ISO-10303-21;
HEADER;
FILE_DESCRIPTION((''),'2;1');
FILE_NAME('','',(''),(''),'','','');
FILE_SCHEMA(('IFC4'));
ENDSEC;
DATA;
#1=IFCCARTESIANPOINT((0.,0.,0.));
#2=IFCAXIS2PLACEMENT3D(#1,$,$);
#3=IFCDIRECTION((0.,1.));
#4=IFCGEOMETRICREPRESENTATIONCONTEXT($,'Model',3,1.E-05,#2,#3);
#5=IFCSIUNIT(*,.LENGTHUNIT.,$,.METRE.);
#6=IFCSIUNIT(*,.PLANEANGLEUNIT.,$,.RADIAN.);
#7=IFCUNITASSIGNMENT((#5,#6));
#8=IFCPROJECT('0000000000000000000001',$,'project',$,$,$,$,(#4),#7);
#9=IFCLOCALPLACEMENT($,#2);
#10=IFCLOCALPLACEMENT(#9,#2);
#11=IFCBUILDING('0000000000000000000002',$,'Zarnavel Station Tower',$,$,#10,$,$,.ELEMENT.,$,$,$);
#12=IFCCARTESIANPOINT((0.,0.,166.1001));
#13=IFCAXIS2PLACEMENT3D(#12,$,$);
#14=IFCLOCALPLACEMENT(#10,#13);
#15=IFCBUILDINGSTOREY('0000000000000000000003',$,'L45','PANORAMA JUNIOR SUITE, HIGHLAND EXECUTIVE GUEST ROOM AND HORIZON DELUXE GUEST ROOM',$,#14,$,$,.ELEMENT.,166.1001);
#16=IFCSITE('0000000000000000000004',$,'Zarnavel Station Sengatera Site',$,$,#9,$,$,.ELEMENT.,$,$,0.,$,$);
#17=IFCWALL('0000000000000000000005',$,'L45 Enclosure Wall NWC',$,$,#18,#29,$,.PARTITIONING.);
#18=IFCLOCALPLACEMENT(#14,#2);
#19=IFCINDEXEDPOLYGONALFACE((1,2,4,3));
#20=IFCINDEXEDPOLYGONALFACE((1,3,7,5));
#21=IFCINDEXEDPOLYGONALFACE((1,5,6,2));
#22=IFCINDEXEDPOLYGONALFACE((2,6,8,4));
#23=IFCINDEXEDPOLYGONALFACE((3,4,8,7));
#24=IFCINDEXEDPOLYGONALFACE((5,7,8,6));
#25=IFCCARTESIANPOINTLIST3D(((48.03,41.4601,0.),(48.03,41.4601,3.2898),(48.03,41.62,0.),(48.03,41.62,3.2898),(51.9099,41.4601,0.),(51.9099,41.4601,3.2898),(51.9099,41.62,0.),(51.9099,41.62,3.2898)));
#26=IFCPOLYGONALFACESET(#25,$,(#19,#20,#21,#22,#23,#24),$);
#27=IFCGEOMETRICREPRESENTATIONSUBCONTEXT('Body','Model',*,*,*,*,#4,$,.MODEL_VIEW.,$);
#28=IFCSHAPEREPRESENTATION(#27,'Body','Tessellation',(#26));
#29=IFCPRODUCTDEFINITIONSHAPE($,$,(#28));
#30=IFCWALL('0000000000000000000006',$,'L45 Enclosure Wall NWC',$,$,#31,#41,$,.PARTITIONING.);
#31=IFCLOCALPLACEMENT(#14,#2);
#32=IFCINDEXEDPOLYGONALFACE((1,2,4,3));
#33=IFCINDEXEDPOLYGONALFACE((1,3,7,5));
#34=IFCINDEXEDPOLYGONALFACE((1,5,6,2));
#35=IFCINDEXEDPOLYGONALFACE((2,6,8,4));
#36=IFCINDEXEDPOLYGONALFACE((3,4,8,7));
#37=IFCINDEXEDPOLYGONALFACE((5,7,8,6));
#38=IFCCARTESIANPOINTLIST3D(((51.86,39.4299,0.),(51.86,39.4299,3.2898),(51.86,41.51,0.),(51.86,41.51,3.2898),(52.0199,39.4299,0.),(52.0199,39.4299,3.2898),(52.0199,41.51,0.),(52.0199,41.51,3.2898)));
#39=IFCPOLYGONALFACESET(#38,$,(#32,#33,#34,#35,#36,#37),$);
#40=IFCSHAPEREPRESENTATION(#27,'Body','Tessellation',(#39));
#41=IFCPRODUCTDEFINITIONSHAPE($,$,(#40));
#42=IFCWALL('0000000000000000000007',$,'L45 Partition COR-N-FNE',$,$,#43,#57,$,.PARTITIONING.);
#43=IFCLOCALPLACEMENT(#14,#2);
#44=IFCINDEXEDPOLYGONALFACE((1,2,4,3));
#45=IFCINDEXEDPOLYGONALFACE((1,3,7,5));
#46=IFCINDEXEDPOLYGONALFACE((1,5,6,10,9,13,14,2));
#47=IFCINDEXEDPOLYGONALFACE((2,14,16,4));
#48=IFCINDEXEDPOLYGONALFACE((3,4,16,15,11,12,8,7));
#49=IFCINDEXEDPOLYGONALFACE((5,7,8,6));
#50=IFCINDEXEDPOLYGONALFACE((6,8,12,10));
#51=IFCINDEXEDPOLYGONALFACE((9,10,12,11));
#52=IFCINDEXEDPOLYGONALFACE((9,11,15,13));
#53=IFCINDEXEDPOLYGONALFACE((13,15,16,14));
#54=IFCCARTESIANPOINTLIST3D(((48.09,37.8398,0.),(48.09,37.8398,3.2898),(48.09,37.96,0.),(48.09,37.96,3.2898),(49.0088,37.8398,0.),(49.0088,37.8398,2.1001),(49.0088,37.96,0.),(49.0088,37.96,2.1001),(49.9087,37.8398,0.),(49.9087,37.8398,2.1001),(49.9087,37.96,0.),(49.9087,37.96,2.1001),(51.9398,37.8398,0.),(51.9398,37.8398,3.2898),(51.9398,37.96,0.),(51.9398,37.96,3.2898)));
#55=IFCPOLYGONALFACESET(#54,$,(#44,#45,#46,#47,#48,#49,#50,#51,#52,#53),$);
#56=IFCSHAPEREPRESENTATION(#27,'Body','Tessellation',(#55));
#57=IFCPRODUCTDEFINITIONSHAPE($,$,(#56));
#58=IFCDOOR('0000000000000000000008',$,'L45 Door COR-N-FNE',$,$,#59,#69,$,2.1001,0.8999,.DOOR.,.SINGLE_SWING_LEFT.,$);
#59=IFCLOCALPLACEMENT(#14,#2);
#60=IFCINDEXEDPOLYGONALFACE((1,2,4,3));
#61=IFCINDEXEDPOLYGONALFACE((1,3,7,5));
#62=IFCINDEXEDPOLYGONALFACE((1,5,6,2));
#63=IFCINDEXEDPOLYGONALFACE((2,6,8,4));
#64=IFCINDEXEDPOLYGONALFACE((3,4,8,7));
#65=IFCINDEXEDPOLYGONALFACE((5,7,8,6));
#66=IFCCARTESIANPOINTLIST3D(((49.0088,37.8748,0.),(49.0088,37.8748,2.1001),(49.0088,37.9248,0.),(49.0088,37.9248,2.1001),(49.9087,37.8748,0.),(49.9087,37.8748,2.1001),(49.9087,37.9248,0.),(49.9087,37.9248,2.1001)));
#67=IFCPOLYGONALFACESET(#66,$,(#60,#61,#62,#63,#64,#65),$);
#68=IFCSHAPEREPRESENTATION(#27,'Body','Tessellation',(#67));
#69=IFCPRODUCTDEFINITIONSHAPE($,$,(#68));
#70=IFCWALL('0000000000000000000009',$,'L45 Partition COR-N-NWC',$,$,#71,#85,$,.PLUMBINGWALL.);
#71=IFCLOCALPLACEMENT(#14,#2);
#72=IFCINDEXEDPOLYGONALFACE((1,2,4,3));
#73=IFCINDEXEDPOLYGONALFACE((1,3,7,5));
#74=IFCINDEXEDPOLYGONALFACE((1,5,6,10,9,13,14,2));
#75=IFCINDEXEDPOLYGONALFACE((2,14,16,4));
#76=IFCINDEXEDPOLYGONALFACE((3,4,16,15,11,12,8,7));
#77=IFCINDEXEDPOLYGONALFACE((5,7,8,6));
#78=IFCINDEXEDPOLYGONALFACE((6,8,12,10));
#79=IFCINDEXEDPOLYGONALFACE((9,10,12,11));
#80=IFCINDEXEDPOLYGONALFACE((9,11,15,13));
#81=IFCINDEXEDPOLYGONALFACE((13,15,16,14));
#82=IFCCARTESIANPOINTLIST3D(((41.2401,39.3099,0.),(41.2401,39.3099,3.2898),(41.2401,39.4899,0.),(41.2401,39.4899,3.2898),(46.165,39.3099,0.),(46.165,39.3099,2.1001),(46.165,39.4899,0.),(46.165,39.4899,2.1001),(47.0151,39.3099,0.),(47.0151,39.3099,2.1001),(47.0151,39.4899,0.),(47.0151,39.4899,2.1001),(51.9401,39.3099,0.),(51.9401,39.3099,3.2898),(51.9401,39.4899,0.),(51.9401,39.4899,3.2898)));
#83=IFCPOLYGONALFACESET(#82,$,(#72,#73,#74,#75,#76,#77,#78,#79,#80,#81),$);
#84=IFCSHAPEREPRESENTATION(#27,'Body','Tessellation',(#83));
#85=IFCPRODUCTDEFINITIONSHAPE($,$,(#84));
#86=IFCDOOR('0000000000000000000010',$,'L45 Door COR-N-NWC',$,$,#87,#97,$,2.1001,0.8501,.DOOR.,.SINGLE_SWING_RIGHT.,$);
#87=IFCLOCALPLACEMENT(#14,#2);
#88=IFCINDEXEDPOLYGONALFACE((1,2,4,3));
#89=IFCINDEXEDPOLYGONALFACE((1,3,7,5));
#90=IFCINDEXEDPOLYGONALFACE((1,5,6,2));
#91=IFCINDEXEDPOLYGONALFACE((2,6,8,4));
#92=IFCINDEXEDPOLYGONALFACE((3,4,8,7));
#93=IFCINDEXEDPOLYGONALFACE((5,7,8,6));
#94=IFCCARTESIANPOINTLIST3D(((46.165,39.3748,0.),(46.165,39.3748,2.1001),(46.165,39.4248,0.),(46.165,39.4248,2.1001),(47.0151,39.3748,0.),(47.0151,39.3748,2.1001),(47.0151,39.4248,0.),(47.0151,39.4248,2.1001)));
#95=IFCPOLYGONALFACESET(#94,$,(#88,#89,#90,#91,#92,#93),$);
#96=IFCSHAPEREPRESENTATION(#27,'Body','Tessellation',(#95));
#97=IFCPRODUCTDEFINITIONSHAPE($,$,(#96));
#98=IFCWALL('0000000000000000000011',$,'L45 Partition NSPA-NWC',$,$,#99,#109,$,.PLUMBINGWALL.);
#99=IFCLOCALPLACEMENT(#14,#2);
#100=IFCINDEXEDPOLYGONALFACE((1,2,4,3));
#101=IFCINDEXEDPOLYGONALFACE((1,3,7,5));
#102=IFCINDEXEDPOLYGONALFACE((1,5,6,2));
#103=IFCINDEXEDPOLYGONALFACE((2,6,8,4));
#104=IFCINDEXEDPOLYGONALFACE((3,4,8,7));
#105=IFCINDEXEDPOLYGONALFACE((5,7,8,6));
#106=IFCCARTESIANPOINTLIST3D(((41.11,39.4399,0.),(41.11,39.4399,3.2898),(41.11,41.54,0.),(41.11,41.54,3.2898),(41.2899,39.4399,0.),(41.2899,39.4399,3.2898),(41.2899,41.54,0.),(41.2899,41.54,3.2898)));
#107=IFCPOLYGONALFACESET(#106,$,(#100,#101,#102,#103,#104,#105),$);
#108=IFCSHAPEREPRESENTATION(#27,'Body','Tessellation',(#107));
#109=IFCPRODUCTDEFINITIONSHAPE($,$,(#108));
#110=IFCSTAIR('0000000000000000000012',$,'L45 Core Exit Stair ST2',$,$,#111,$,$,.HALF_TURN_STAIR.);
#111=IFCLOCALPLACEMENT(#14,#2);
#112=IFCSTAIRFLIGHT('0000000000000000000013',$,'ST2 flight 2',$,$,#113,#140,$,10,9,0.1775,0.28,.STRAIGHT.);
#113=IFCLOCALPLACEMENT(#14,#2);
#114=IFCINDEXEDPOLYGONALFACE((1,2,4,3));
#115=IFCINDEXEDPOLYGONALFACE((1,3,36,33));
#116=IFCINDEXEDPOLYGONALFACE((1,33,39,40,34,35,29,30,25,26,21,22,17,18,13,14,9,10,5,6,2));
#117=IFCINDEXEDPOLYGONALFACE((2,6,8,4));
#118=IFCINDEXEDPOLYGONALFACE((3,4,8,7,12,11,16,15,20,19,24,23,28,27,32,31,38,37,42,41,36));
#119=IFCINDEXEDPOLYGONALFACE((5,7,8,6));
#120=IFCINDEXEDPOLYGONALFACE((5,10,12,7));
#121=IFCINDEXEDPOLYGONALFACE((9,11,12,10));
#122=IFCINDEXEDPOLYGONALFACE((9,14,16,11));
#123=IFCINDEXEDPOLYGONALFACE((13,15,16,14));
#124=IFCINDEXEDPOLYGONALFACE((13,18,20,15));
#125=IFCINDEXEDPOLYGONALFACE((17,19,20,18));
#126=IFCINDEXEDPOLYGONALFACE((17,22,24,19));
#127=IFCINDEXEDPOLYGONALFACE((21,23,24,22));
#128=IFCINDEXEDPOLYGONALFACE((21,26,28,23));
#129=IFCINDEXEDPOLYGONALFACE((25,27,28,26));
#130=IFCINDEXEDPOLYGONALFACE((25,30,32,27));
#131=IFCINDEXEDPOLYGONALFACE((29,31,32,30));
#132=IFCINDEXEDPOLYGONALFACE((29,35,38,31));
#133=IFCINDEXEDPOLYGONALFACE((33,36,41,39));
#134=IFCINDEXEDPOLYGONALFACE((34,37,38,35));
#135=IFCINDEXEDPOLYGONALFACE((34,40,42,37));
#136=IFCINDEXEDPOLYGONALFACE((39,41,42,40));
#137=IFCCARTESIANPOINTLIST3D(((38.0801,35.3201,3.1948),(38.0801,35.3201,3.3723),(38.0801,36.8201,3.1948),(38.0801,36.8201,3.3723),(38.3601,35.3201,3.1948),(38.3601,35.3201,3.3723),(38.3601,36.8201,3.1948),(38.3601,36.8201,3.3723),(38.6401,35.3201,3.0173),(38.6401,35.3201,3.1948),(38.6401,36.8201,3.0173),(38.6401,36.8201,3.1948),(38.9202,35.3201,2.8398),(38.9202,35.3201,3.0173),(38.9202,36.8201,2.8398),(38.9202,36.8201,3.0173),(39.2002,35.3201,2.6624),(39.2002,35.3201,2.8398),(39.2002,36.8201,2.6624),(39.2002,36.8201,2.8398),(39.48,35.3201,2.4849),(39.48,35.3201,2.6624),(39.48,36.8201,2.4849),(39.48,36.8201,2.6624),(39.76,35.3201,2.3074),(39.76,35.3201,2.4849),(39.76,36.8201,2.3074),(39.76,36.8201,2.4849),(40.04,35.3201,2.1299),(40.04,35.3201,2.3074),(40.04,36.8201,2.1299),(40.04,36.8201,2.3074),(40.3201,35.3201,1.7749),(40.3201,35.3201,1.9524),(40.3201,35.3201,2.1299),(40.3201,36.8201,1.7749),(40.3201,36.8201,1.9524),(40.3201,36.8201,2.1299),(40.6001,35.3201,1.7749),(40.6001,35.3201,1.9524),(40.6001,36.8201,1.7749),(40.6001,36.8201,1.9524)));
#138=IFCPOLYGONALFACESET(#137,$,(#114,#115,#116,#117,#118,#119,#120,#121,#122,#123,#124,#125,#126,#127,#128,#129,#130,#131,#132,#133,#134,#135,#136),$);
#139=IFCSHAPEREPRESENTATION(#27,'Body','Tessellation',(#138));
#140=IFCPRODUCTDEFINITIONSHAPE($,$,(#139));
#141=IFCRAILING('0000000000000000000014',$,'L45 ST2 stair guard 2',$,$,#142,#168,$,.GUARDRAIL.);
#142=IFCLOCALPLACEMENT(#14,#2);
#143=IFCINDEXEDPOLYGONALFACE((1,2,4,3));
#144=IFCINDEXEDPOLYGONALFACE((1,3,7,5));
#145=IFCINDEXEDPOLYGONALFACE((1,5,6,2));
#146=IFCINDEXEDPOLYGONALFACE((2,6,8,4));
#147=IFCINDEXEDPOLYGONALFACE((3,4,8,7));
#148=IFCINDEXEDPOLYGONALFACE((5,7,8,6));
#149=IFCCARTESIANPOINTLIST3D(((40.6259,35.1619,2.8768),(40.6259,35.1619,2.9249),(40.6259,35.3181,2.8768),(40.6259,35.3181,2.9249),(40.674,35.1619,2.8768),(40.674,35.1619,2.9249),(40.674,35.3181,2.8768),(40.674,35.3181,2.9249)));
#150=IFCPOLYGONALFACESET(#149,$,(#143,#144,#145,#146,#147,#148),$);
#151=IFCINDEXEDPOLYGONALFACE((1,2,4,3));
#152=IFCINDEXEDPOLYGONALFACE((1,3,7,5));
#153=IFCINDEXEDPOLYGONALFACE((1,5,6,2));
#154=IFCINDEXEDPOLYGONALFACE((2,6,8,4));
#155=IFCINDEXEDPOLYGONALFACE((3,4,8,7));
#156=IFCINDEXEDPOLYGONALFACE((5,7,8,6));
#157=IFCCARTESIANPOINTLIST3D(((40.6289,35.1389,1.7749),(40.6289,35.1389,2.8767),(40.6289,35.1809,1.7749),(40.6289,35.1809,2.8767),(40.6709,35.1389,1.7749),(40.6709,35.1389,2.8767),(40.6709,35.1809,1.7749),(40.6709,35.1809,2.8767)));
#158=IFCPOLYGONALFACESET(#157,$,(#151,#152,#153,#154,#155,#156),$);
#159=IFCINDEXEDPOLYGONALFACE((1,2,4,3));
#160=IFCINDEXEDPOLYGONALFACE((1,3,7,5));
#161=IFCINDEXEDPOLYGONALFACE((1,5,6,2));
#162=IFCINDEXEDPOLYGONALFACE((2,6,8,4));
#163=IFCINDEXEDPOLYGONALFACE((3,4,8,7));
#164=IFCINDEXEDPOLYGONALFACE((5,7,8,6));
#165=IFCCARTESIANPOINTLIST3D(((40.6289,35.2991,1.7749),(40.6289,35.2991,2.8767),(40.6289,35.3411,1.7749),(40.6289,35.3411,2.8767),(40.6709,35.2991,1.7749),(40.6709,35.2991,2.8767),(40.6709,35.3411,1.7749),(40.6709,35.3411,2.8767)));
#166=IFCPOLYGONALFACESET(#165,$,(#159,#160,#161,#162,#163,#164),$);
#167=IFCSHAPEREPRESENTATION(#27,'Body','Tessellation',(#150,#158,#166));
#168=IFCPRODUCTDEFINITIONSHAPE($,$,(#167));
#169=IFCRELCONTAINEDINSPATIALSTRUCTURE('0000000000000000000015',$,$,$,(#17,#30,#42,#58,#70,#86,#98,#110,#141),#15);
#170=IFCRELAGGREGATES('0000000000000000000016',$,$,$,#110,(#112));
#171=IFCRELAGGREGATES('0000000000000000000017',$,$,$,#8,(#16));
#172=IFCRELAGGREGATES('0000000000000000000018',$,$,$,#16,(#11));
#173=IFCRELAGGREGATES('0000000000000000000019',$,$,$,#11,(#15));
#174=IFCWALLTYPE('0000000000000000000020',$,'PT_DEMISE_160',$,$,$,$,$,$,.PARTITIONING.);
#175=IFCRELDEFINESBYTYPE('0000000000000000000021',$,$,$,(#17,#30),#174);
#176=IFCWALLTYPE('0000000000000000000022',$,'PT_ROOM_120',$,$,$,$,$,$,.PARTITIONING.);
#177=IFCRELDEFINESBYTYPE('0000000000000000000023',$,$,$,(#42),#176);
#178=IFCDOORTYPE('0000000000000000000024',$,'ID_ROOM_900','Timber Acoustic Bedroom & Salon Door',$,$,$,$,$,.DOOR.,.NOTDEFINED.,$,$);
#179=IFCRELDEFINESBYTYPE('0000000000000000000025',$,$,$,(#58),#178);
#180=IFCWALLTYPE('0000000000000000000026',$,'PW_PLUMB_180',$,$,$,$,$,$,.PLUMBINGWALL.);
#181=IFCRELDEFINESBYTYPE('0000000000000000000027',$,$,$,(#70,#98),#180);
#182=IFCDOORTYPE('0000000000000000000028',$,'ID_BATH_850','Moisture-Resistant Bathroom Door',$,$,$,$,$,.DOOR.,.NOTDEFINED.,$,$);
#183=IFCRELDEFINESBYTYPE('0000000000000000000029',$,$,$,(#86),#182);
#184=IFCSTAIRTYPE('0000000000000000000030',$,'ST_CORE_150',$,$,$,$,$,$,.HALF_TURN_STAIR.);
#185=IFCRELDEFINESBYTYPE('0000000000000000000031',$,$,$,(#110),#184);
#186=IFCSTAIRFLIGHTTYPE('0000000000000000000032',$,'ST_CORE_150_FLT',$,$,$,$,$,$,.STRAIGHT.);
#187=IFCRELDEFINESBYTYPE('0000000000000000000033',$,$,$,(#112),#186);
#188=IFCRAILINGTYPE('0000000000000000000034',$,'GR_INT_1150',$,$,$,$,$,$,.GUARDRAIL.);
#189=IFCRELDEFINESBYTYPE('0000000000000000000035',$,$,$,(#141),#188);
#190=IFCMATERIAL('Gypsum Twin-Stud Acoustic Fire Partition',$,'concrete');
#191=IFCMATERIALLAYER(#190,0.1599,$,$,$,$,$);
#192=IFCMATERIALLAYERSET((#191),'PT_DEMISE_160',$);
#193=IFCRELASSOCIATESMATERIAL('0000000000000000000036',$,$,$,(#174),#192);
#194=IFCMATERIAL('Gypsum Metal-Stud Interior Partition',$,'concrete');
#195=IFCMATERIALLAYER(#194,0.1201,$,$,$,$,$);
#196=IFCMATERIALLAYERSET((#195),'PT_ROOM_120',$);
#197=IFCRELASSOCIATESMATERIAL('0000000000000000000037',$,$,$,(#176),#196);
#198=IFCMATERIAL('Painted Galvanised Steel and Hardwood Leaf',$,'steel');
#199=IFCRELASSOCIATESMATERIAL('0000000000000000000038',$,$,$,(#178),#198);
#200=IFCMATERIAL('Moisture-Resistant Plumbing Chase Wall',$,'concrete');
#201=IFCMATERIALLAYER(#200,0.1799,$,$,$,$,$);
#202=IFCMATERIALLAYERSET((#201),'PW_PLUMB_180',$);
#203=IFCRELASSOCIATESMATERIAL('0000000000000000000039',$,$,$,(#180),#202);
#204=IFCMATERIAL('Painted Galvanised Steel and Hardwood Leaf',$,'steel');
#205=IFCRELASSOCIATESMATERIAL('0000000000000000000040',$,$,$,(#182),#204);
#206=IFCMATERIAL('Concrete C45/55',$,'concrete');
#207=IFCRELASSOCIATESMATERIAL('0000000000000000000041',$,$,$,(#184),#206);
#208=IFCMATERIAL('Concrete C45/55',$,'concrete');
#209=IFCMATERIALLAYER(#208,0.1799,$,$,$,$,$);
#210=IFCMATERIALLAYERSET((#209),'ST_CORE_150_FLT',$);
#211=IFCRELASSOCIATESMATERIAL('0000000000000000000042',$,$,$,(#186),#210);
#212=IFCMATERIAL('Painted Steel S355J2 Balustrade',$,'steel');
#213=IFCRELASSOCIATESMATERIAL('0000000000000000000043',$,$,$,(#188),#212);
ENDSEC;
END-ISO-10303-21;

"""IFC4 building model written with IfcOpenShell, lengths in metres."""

from ifc_helpers import new_model, si_unit, direction, frame, frame_2d, origin, origin_2d, place, context, subcontext, project, spatial, polyline, rectangle, outline, extrude, material, layer, layer_set, type_object, element, fill, aggregate, save


model = new_model("IFC4")

# Units and contexts
model_context = context("Model", 3, precision=1e-05, world=origin(), true_north=direction((0.0, 1.0)))
body_context = subcontext(model_context, "Body", "Model", "MODEL_VIEW")
ifc_project = project(units=[si_unit("LENGTHUNIT", "METRE"), si_unit("PLANEANGLEUNIT", "RADIAN")], contexts=[model_context])

# Site, building, storey
site_placement = place(None, origin())
site = spatial("IfcSite", under=ifc_project, at=site_placement, Name="Zarnavel Station Sengatera Site", CompositionType="ELEMENT", RefElevation=0.0)
building_placement = place(site_placement, origin())
building = spatial("IfcBuilding", under=site, at=building_placement, Name="Zarnavel Station Tower", CompositionType="ELEMENT")
storey_placement = place(building_placement, frame((0.0, 0.0, 166.1001)))
storey = spatial("IfcBuildingStorey", under=building, at=storey_placement, Name="L45", Description="PANORAMA JUNIOR SUITE, HIGHLAND EXECUTIVE GUEST ROOM AND HORIZON DELUXE GUEST ROOM", CompositionType="ELEMENT", Elevation=166.1001)

# Walls
ifc_material_1 = material(Name="Gypsum Twin-Stud Acoustic Fire Partition", Category="concrete")
ifc_layer_1 = layer(ifc_material_1, 0.1599)
ifc_layer_set_1 = layer_set([ifc_layer_1], Name="PT_DEMISE_160")
wall_type_1 = type_object("IfcWallType", Name="PT_DEMISE_160", PredefinedType="PARTITIONING", material=ifc_layer_set_1)
wall_1_placement = place(storey_placement, frame((48.03, 41.54, 0.0), z_axis=(0.0, 0.0, 1.0), x_axis=(1.0, 0.0, 0.0)))
element("IfcWall", 1, at=wall_1_placement, inside=storey, type_object=wall_type_1, Name="L45 Enclosure Wall NWC", PredefinedType="PARTITIONING", context=body_context, shape_type="SweptSolid", body=[
    extrude(rectangle(XDim=3.8799, YDim=0.1599, at=frame_2d((1.9399, 0.0))), origin(), (0.0, 0.0, 1.0), 3.2898),
])
wall_2_placement = place(storey_placement, frame((51.9399, 39.4299, 0.0), z_axis=(0.0, 0.0, 1.0), x_axis=(0.0, 1.0, 0.0)))
element("IfcWall", 2, at=wall_2_placement, inside=storey, type_object=wall_type_1, Name="L45 Enclosure Wall NWC", PredefinedType="PARTITIONING", context=body_context, shape_type="SweptSolid", body=[
    extrude(rectangle(XDim=2.0801, YDim=0.1599, at=frame_2d((1.04, 0.0))), origin(), (0.0, 0.0, 1.0), 3.2898),
])

# Walls, openings, doors
ifc_material_2 = material(Name="Gypsum Metal-Stud Interior Partition", Category="concrete")
ifc_layer_2 = layer(ifc_material_2, 0.1201)
ifc_layer_set_2 = layer_set([ifc_layer_2], Name="PT_ROOM_120")
wall_type_2 = type_object("IfcWallType", Name="PT_ROOM_120", PredefinedType="PARTITIONING", material=ifc_layer_set_2)
wall_3_placement = place(storey_placement, frame((48.0901, 37.8999, 0.0), z_axis=(0.0, 0.0, 1.0), x_axis=(1.0, 0.0, 0.0)))
wall_3 = element("IfcWall", 3, at=wall_3_placement, inside=storey, type_object=wall_type_2, Name="L45 Partition COR-N-FNE", PredefinedType="PARTITIONING", context=body_context, shape_type="SweptSolid", body=[
    extrude(rectangle(XDim=3.8499, YDim=0.1201, at=frame_2d((1.9248, 0.0))), origin(), (0.0, 0.0, 1.0), 3.2898),
])
opening_1_placement = place(wall_3_placement, frame((0.9187, 0.0, 0.0)))
opening_1 = element("IfcOpeningElement", 4, at=opening_1_placement, cuts=wall_3, PredefinedType="OPENING", context=body_context, shape_type="SweptSolid", body=[
    extrude(rectangle(XDim=0.8999, YDim=2.1001, at=frame_2d((0.45, 1.05))), frame((0.0, 0.0701, 0.0), z_axis=(0.0, -1.0, 0.0), x_axis=(1.0, 0.0, 0.0)), (0.0, 0.0, 1.0), 0.1401),
])
ifc_material_3 = material(Name="Painted Galvanised Steel and Hardwood Leaf", Category="steel")
door_type_1 = type_object("IfcDoorType", Name="ID_ROOM_900", Description="Timber Acoustic Bedroom & Salon Door", OperationType="NOTDEFINED", PredefinedType="DOOR", material=ifc_material_3)
door_1_placement = place(opening_1_placement, origin())
door_1 = element("IfcDoor", 5, at=door_1_placement, inside=storey, type_object=door_type_1, Name="L45 Door COR-N-FNE", OperationType="SINGLE_SWING_LEFT", OverallHeight=2.1001, OverallWidth=0.8999, PredefinedType="DOOR", context=body_context, shape_type="SweptSolid", body=[
    extrude(rectangle(XDim=0.8999, YDim=2.1001, at=frame_2d((0.45, 1.05))), frame((0.0, 0.0249, 0.0), z_axis=(0.0, -1.0, 0.0), x_axis=(1.0, 0.0, 0.0)), (0.0, 0.0, 1.0), 0.05),
])
fill(opening_1, door_1)
ifc_material_4 = material(Name="Moisture-Resistant Plumbing Chase Wall", Category="concrete")
ifc_layer_3 = layer(ifc_material_4, 0.1799)
ifc_layer_set_3 = layer_set([ifc_layer_3], Name="PW_PLUMB_180")
wall_type_3 = type_object("IfcWallType", Name="PW_PLUMB_180", PredefinedType="PLUMBINGWALL", material=ifc_layer_set_3)
wall_4_placement = place(storey_placement, frame((41.24, 39.3999, 0.0), z_axis=(0.0, 0.0, 1.0), x_axis=(1.0, 0.0, 0.0)))
wall_4 = element("IfcWall", 6, at=wall_4_placement, inside=storey, type_object=wall_type_3, Name="L45 Partition COR-N-NWC", PredefinedType="PLUMBINGWALL", context=body_context, shape_type="SweptSolid", body=[
    extrude(rectangle(XDim=10.7, YDim=0.1799, at=frame_2d((5.3501, 0.0))), origin(), (0.0, 0.0, 1.0), 3.2898),
])
opening_2_placement = place(wall_4_placement, frame((4.925, 0.0, 0.0)))
opening_2 = element("IfcOpeningElement", 7, at=opening_2_placement, cuts=wall_4, PredefinedType="OPENING", context=body_context, shape_type="SweptSolid", body=[
    extrude(rectangle(XDim=0.8501, YDim=2.1001, at=frame_2d((0.425, 1.05))), frame((0.0, 0.0999, 0.0), z_axis=(0.0, -1.0, 0.0), x_axis=(1.0, 0.0, 0.0)), (0.0, 0.0, 1.0), 0.2),
])
ifc_material_5 = material(Name="Painted Galvanised Steel and Hardwood Leaf", Category="steel")
door_type_2 = type_object("IfcDoorType", Name="ID_BATH_850", Description="Moisture-Resistant Bathroom Door", OperationType="NOTDEFINED", PredefinedType="DOOR", material=ifc_material_5)
door_2_placement = place(opening_2_placement, origin())
door_2 = element("IfcDoor", 8, at=door_2_placement, inside=storey, type_object=door_type_2, Name="L45 Door COR-N-NWC", OperationType="SINGLE_SWING_RIGHT", OverallHeight=2.1001, OverallWidth=0.8501, PredefinedType="DOOR", context=body_context, shape_type="SweptSolid", body=[
    extrude(rectangle(XDim=0.8501, YDim=2.1001, at=frame_2d((0.425, 1.05))), frame((0.0, 0.0249, 0.0), z_axis=(0.0, -1.0, 0.0), x_axis=(1.0, 0.0, 0.0)), (0.0, 0.0, 1.0), 0.05),
])
fill(opening_2, door_2)

# Wall
wall_5_placement = place(storey_placement, frame((41.2, 39.4399, 0.0), z_axis=(0.0, 0.0, 1.0), x_axis=(0.0, 1.0, 0.0)))
element("IfcWall", 9, at=wall_5_placement, inside=storey, type_object=wall_type_3, Name="L45 Partition NSPA-NWC", PredefinedType="PLUMBINGWALL", context=body_context, shape_type="SweptSolid", body=[
    extrude(rectangle(XDim=2.1001, YDim=0.1799, at=frame_2d((1.05, 0.0))), origin(), (0.0, 0.0, 1.0), 3.2898),
])

# Stair, stair flight
ifc_material_6 = material(Name="Concrete C45/55", Category="concrete")
stair_type = type_object("IfcStairType", Name="ST_CORE_150", PredefinedType="HALF_TURN_STAIR", material=ifc_material_6)
stair_placement = place(storey_placement, origin())
stair = element("IfcStair", 10, at=stair_placement, inside=storey, type_object=stair_type, Name="L45 Core Exit Stair ST2", PredefinedType="HALF_TURN_STAIR")
ifc_material_7 = material(Name="Concrete C45/55", Category="concrete")
ifc_layer_4 = layer(ifc_material_7, 0.1799)
ifc_layer_set_4 = layer_set([ifc_layer_4], Name="ST_CORE_150_FLT")
stair_flight_type = type_object("IfcStairFlightType", Name="ST_CORE_150_FLT", PredefinedType="STRAIGHT", material=ifc_layer_set_4)
stair_flight_placement = place(storey_placement, frame((40.6001, 36.0701, 1.7749), z_axis=(0.0, 0.0, 1.0), x_axis=(-1.0, 0.0, 0.0)))
stair_flight = element("IfcStairFlight", 11, at=stair_flight_placement, type_object=stair_flight_type, Name="ST2 flight 2", NumberOfRisers=10, NumberOfTreads=9, PredefinedType="STRAIGHT", RiserHeight=0.1775, TreadLength=0.28, context=body_context, shape_type="SweptSolid", body=[
    extrude(outline(polyline([(0.0, 0.0), (0.0, 0.1775), (0.28, 0.1775), (0.28, 0.355), (0.5601, 0.355), (0.5601, 0.5325), (0.8401, 0.5325), (0.8401, 0.71), (1.1201, 0.71), (1.1201, 0.8875), (1.3999, 0.8875), (1.3999, 1.0649), (1.6799, 1.0649), (1.6799, 1.2424), (1.96, 1.2424), (1.96, 1.4199), (2.24, 1.4199), (2.24, 1.5974), (2.52, 1.5974), (2.52, 1.7749), (2.52, 1.4199), (0.28, 0.0), (0.0, 0.0)])), frame((0.0, 0.75, 0.0), z_axis=(0.0, -1.0, 0.0), x_axis=(1.0, 0.0, 0.0)), (0.0, 0.0, 1.0), 1.5),
])
aggregate(stair, [stair_flight])

# Railing
ifc_material_8 = material(Name="Painted Steel S355J2 Balustrade", Category="steel")
railing_type_1 = type_object("IfcRailingType", Name="GR_INT_1150", PredefinedType="GUARDRAIL", material=ifc_material_8)
railing_1_placement = place(storey_placement, frame((40.6499, 35.1599, 1.7749)))
element("IfcRailing", 12, at=railing_1_placement, inside=storey, type_object=railing_type_1, Name="L45 ST2 stair guard 2", PredefinedType="GUARDRAIL", context=body_context, shape_type="SweptSolid", body=[
    extrude(rectangle(XDim=0.0481, YDim=0.0481, at=origin_2d()), frame((0.0, 0.002, 1.126), z_axis=(0.0, 1.0, 0.0), x_axis=(-1.0, 0.0, 0.0)), (0.0, 0.0, 1.0), 0.1562),
    extrude(rectangle(XDim=0.042, YDim=0.042, at=origin_2d()), origin(), (0.0, 0.0, 1.0), 1.1018),
    extrude(rectangle(XDim=0.042, YDim=0.042, at=origin_2d()), frame((0.0, 0.1602, 0.0)), (0.0, 0.0, 1.0), 1.1018),
])

save(model, "model.ifc")
